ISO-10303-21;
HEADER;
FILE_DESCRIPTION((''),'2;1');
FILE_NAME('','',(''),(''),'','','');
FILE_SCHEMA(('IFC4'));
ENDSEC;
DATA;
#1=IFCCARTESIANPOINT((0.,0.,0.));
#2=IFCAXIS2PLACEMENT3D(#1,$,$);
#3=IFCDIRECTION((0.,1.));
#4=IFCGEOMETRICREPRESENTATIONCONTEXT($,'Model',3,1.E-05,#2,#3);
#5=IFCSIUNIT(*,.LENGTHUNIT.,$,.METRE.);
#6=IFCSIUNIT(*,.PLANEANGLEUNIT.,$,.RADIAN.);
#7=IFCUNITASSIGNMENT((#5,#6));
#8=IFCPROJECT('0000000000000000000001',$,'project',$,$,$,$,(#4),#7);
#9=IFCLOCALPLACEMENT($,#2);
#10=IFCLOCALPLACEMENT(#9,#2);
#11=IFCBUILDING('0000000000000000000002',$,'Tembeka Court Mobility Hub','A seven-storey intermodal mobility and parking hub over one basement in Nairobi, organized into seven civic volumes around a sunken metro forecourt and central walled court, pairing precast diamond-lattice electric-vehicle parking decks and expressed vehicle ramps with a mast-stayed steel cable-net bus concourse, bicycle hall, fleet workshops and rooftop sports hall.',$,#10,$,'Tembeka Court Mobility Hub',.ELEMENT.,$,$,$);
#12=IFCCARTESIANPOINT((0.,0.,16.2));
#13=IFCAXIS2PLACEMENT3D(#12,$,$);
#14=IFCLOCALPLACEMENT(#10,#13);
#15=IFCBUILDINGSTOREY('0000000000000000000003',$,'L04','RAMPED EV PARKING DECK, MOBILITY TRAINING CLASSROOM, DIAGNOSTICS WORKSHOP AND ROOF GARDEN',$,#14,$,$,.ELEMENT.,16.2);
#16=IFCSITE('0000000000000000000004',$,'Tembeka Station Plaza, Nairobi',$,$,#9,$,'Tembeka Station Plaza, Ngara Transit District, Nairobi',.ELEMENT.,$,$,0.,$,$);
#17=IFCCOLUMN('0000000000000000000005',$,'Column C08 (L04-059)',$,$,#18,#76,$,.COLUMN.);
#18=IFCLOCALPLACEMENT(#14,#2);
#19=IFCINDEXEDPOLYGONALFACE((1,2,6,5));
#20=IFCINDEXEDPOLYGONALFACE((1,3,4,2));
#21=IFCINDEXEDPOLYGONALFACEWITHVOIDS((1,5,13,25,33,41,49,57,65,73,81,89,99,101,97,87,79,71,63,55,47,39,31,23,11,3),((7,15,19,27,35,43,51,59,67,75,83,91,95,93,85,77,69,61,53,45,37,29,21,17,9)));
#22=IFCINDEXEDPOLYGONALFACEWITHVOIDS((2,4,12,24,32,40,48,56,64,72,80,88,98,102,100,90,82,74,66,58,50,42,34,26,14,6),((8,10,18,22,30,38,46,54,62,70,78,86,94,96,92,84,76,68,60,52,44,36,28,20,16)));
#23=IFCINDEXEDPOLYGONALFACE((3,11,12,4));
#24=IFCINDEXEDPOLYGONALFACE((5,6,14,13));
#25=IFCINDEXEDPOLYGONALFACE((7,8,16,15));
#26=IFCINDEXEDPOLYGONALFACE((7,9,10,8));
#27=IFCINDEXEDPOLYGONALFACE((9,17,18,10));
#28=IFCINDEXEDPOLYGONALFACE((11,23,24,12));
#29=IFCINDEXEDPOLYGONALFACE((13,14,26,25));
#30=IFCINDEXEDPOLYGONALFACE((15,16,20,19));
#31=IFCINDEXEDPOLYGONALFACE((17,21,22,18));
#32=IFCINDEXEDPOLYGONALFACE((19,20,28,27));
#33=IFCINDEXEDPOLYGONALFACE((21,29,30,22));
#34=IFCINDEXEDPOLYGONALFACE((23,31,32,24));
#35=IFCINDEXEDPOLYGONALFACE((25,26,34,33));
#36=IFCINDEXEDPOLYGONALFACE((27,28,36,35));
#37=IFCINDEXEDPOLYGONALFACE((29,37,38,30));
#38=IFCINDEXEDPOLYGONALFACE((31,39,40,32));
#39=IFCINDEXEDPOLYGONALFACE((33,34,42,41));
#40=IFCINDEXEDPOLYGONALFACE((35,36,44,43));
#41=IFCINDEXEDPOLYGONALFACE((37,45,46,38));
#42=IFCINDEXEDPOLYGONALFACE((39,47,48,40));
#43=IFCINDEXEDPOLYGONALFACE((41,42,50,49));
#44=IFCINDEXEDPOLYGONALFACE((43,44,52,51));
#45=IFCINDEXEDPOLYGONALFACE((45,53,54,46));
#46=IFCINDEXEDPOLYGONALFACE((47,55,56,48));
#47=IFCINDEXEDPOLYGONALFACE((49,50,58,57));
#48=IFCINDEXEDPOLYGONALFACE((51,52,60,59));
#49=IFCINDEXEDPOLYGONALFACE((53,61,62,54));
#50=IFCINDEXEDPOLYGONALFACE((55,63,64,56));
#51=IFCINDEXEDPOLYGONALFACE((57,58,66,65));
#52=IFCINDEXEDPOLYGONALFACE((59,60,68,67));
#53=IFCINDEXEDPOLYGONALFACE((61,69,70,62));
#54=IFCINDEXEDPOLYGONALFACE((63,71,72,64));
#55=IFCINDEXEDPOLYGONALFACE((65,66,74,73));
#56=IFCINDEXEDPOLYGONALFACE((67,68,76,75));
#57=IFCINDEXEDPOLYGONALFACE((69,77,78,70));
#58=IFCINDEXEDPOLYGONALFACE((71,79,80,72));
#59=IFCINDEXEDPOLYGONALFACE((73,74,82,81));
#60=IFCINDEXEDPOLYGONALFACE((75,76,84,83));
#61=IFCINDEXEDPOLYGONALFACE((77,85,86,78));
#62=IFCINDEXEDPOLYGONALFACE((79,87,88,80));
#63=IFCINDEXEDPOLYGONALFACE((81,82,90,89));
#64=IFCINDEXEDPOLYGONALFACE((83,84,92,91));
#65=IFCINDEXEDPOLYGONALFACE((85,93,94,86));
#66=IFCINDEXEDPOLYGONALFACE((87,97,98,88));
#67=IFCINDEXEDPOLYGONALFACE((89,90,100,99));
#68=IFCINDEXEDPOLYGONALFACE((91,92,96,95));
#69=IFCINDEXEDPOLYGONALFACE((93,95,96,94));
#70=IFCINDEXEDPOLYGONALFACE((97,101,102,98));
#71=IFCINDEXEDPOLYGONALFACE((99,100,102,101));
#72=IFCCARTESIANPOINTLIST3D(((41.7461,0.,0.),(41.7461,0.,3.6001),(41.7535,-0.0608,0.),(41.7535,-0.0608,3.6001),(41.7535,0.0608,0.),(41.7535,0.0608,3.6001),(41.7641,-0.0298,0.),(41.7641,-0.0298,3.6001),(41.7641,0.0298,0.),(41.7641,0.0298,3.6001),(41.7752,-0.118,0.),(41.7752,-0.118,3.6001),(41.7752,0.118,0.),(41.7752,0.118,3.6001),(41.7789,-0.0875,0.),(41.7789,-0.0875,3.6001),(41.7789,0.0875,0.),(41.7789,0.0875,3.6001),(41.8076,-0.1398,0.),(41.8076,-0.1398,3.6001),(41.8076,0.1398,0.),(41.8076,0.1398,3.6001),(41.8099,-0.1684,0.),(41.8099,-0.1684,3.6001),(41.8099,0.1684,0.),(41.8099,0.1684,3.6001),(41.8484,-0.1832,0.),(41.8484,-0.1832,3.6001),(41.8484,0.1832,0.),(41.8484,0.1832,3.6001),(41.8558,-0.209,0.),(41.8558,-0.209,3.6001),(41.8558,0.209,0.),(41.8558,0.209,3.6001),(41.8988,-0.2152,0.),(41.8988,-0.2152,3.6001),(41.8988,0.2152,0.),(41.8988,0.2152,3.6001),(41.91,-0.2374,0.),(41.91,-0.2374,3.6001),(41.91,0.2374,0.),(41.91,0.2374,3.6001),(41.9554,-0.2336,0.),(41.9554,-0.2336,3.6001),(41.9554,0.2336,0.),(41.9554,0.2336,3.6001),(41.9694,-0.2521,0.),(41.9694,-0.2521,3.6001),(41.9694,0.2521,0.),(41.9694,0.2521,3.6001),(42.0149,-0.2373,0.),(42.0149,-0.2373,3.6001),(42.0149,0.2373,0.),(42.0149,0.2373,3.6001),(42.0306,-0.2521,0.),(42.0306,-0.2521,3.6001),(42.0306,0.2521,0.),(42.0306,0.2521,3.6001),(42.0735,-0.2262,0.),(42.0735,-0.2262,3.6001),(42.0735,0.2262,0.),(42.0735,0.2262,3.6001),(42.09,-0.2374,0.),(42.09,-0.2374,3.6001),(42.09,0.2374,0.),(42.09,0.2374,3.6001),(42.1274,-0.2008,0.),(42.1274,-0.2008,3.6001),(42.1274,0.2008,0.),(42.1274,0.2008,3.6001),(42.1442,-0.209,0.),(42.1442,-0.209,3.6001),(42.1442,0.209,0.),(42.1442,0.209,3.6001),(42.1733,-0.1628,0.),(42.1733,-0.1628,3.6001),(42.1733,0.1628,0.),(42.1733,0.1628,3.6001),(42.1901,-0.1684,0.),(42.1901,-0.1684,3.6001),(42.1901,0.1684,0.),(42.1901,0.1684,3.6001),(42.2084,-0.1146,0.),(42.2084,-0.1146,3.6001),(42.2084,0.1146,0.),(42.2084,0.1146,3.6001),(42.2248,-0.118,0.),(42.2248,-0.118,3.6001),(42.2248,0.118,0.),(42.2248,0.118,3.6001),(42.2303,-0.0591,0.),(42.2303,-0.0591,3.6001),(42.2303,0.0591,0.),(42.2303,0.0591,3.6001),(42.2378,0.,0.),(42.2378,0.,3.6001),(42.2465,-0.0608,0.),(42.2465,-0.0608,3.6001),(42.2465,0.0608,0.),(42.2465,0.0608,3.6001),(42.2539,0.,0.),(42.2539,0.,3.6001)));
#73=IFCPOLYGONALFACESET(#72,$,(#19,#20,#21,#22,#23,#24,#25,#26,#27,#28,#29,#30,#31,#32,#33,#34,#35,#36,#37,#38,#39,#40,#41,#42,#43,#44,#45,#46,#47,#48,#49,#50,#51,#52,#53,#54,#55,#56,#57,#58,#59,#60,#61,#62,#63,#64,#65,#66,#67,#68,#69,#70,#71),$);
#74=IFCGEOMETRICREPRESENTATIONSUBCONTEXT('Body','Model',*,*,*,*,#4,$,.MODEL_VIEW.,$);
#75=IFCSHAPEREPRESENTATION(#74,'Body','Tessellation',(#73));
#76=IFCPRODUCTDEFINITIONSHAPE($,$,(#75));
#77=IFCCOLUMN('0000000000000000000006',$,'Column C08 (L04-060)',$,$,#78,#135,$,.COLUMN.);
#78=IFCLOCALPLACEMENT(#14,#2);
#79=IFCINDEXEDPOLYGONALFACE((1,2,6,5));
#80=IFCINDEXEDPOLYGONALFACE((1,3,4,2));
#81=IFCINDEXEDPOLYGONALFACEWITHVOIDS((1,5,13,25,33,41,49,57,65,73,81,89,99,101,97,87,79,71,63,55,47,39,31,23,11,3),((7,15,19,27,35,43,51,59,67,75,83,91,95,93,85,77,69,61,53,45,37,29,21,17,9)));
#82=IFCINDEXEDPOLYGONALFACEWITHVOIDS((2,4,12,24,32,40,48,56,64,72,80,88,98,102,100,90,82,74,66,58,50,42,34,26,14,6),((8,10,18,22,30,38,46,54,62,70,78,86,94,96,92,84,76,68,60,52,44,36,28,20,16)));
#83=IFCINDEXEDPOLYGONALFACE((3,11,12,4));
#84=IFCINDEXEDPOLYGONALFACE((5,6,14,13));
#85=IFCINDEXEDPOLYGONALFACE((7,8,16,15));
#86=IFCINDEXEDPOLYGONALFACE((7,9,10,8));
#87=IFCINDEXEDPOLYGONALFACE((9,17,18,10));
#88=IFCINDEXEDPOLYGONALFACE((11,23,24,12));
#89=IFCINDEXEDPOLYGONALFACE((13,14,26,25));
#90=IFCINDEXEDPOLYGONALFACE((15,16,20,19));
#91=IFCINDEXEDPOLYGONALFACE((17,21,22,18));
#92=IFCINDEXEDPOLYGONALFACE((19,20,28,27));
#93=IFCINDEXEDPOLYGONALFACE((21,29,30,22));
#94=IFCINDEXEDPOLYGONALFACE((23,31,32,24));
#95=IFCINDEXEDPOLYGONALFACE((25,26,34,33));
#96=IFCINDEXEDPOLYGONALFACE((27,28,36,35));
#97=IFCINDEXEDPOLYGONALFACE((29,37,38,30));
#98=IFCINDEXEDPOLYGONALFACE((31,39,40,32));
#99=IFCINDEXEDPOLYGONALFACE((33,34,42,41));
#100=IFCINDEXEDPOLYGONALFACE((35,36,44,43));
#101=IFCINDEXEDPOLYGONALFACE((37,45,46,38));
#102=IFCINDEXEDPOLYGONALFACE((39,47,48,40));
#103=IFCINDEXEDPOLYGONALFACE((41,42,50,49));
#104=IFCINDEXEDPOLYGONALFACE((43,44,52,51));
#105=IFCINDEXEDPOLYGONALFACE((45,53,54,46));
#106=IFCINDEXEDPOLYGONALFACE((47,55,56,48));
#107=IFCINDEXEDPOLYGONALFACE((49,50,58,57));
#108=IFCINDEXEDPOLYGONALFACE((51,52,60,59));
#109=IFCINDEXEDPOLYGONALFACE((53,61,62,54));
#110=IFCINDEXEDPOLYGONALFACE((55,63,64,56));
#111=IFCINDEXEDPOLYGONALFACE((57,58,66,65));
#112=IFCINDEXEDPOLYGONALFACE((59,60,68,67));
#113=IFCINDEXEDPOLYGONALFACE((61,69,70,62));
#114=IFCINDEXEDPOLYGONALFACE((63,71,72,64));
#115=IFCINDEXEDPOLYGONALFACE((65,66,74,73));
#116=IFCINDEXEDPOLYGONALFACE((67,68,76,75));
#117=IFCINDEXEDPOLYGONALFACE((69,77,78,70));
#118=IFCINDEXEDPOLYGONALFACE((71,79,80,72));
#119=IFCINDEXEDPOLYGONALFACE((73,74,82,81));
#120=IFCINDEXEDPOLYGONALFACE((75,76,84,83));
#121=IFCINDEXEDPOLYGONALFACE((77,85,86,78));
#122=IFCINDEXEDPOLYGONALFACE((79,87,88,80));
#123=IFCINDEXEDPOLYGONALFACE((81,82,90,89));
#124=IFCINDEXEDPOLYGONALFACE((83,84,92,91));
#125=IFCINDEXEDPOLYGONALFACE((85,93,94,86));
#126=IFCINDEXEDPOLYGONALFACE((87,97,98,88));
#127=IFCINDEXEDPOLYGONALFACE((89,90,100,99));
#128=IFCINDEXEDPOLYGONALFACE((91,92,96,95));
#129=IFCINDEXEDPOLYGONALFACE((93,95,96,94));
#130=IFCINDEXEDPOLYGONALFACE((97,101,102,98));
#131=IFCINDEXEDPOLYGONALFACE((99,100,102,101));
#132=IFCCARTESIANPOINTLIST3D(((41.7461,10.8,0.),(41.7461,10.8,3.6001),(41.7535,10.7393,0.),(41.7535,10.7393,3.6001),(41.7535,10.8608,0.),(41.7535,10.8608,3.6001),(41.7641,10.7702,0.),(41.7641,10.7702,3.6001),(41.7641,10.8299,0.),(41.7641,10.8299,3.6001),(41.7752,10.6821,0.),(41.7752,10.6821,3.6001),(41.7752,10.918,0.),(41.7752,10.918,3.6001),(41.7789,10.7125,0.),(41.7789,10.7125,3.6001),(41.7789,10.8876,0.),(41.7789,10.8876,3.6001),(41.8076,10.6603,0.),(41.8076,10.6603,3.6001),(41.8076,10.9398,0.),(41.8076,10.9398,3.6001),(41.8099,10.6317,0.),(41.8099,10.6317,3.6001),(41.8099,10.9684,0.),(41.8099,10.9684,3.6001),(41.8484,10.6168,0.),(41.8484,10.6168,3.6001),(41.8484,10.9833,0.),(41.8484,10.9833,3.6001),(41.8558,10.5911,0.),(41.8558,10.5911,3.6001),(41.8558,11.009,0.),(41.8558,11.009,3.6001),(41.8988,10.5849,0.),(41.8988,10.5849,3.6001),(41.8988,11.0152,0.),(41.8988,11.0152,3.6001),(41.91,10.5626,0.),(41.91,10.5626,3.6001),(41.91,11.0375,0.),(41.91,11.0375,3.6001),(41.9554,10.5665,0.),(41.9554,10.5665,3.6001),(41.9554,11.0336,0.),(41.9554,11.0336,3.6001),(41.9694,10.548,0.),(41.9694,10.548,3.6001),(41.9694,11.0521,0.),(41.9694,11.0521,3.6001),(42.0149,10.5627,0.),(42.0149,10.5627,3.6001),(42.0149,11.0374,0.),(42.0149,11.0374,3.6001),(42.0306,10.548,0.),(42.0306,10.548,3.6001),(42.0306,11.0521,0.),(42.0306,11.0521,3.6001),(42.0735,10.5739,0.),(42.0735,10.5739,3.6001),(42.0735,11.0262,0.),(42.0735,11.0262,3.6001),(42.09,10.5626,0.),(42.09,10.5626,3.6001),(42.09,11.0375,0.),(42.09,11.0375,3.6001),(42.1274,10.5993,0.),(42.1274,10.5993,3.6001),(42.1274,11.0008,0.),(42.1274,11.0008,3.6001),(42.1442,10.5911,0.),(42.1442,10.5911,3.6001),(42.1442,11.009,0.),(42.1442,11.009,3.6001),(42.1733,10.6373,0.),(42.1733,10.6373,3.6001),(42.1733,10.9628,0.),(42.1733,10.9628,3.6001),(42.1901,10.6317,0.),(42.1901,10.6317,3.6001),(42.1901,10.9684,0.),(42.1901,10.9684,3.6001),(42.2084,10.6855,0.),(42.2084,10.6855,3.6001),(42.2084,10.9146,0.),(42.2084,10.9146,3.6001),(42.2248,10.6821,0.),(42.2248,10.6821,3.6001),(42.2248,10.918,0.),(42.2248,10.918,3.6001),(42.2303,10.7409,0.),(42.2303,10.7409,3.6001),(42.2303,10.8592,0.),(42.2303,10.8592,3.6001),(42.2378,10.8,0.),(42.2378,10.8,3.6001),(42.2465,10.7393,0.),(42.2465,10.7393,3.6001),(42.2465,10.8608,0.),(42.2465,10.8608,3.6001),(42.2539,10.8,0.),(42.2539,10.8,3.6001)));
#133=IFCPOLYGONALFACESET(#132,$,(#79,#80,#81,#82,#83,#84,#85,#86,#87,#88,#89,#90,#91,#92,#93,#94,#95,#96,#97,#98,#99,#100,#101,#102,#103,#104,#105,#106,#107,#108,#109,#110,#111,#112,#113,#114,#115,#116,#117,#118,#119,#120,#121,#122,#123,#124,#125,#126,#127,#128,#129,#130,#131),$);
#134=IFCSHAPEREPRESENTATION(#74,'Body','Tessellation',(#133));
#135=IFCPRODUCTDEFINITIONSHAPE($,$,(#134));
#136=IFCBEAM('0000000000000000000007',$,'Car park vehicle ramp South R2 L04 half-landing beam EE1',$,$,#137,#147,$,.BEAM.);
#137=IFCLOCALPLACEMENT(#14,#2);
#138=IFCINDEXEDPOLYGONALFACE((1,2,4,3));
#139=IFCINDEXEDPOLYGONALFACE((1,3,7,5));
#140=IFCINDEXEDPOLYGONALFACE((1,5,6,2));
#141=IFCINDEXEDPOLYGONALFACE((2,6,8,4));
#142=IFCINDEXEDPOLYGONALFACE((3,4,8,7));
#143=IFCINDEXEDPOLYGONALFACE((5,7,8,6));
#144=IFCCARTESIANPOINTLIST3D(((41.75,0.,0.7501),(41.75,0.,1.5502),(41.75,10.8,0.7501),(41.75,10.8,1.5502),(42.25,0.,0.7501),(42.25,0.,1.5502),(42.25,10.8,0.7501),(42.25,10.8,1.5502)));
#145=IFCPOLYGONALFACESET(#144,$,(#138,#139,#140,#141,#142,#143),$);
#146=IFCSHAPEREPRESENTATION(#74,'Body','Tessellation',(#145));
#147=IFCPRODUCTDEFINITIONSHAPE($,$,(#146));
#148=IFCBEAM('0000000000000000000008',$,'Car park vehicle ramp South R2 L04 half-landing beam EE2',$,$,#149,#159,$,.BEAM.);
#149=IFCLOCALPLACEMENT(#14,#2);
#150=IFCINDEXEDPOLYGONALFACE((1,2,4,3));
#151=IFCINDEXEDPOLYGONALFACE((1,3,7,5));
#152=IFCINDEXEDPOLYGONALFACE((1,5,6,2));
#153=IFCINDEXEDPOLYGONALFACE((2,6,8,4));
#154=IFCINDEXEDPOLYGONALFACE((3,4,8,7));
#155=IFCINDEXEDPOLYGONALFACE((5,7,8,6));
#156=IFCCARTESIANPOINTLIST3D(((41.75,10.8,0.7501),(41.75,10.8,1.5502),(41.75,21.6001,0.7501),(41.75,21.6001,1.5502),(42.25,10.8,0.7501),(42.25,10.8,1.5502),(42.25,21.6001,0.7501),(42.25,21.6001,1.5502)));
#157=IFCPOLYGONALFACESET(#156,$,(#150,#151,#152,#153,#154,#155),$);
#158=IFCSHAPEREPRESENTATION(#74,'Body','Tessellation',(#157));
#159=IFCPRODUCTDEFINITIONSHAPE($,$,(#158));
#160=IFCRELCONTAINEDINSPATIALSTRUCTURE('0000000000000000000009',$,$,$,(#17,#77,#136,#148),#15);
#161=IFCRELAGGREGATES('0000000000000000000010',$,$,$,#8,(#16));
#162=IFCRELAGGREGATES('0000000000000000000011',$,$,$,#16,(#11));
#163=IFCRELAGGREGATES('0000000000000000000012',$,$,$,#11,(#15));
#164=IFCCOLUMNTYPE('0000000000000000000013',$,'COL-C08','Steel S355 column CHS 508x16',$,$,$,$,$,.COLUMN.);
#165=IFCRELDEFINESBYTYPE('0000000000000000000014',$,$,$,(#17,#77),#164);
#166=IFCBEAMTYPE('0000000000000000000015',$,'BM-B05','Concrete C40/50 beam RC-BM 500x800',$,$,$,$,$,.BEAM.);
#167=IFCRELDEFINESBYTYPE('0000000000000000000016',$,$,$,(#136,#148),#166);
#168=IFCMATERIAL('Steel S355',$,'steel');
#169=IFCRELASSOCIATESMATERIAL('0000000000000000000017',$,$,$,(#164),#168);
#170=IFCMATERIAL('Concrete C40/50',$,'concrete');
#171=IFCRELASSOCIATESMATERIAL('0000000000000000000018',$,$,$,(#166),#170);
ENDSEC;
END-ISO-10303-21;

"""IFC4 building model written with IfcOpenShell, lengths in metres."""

from ifc_helpers import new_model, si_unit, direction, frame, origin, origin_2d, place, context, subcontext, project, spatial, rectangle, hollow_circle, extrude, material, material_profile, profile_set, type_object, element, save


model = new_model("IFC4")

# Units and contexts
model_context = context("Model", 3, precision=1e-05, world=origin(), true_north=direction((0.0, 1.0)))
body_context = subcontext(model_context, "Body", "Model", "MODEL_VIEW")
ifc_project = project(units=[si_unit("LENGTHUNIT", "METRE"), si_unit("PLANEANGLEUNIT", "RADIAN")], contexts=[model_context])

# Site, building, storey
site_placement = place(None, origin())
site = spatial("IfcSite", under=ifc_project, at=site_placement, Name="Tembeka Station Plaza, Nairobi", LongName="Tembeka Station Plaza, Ngara Transit District, Nairobi", CompositionType="ELEMENT", RefElevation=0.0)
building_placement = place(site_placement, origin())
building = spatial("IfcBuilding", under=site, at=building_placement, Name="Tembeka Court Mobility Hub", Description="A seven-storey intermodal mobility and parking hub over one basement in Nairobi, organized into seven civic volumes around a sunken metro forecourt and central walled court, pairing precast diamond-lattice electric-vehicle parking decks and expressed vehicle ramps with a mast-stayed steel cable-net bus concourse, bicycle hall, fleet workshops and rooftop sports hall.", LongName="Tembeka Court Mobility Hub", CompositionType="ELEMENT")
storey_placement = place(building_placement, frame((0.0, 0.0, 16.2)))
storey = spatial("IfcBuildingStorey", under=building, at=storey_placement, Name="L04", Description="RAMPED EV PARKING DECK, MOBILITY TRAINING CLASSROOM, DIAGNOSTICS WORKSHOP AND ROOF GARDEN", CompositionType="ELEMENT", Elevation=16.2)

# Columns
ifc_material_1 = material(Name="Steel S355", Category="steel")
ifc_material_profile_1 = material_profile(ifc_material_1, hollow_circle(Radius=0.2539, WallThickness=0.0161, at=origin_2d()), Name="CHS 508x16")
ifc_profile_set_1 = profile_set([ifc_material_profile_1], Name="Steel S355")
column_type = type_object("IfcColumnType", Name="COL-C08", Description="Steel S355 column CHS 508x16", PredefinedType="COLUMN", material=ifc_profile_set_1)
for number, where, z_axis, x_axis, name in (
    (1, (42.0, 0.0, 0.0), (0.0, 0.0, 1.0), (1.0, 0.0, 0.0), "Column C08 (L04-059)"),
    (2, (42.0, 10.8, 0.0), (0.0, 0.0, 1.0), (1.0, 0.0, 0.0), "Column C08 (L04-060)"),
):
    element("IfcColumn", number, at=place(storey_placement, frame(where, z_axis=z_axis, x_axis=x_axis)), inside=storey, type_object=column_type, Name=name, PredefinedType="COLUMN", context=body_context, shape_type="SweptSolid", body=[
        extrude(hollow_circle(Radius=0.2539, WallThickness=0.0161, at=origin_2d()), origin(), (0.0, 0.0, 1.0), 3.6001),
    ])

# Beams
ifc_material_2 = material(Name="Concrete C40/50", Category="concrete")
ifc_material_profile_2 = material_profile(ifc_material_2, rectangle(XDim=0.5, YDim=0.8, at=origin_2d()), Name="RC-BM 500x800")
ifc_profile_set_2 = profile_set([ifc_material_profile_2], Name="Concrete C40/50")
beam_type_1 = type_object("IfcBeamType", Name="BM-B05", Description="Concrete C40/50 beam RC-BM 500x800", PredefinedType="BEAM", material=ifc_profile_set_2)
for number, where, z_axis, x_axis, name in (
    (3, (42.0, 0.0, 1.1501), (0.0, 1.0, 0.0), (-1.0, 0.0, 0.0), "Car park vehicle ramp South R2 L04 half-landing beam EE1"),
    (4, (42.0, 10.8, 1.1501), (0.0, 1.0, 0.0), (-1.0, 0.0, 0.0), "Car park vehicle ramp South R2 L04 half-landing beam EE2"),
):
    element("IfcBeam", number, at=place(storey_placement, frame(where, z_axis=z_axis, x_axis=x_axis)), inside=storey, type_object=beam_type_1, Name=name, PredefinedType="BEAM", context=body_context, shape_type="SweptSolid", body=[
        extrude(rectangle(XDim=0.5, YDim=0.8, at=origin_2d()), origin(), (0.0, 0.0, 1.0), 10.8),
    ])

save(model, "model.ifc")
